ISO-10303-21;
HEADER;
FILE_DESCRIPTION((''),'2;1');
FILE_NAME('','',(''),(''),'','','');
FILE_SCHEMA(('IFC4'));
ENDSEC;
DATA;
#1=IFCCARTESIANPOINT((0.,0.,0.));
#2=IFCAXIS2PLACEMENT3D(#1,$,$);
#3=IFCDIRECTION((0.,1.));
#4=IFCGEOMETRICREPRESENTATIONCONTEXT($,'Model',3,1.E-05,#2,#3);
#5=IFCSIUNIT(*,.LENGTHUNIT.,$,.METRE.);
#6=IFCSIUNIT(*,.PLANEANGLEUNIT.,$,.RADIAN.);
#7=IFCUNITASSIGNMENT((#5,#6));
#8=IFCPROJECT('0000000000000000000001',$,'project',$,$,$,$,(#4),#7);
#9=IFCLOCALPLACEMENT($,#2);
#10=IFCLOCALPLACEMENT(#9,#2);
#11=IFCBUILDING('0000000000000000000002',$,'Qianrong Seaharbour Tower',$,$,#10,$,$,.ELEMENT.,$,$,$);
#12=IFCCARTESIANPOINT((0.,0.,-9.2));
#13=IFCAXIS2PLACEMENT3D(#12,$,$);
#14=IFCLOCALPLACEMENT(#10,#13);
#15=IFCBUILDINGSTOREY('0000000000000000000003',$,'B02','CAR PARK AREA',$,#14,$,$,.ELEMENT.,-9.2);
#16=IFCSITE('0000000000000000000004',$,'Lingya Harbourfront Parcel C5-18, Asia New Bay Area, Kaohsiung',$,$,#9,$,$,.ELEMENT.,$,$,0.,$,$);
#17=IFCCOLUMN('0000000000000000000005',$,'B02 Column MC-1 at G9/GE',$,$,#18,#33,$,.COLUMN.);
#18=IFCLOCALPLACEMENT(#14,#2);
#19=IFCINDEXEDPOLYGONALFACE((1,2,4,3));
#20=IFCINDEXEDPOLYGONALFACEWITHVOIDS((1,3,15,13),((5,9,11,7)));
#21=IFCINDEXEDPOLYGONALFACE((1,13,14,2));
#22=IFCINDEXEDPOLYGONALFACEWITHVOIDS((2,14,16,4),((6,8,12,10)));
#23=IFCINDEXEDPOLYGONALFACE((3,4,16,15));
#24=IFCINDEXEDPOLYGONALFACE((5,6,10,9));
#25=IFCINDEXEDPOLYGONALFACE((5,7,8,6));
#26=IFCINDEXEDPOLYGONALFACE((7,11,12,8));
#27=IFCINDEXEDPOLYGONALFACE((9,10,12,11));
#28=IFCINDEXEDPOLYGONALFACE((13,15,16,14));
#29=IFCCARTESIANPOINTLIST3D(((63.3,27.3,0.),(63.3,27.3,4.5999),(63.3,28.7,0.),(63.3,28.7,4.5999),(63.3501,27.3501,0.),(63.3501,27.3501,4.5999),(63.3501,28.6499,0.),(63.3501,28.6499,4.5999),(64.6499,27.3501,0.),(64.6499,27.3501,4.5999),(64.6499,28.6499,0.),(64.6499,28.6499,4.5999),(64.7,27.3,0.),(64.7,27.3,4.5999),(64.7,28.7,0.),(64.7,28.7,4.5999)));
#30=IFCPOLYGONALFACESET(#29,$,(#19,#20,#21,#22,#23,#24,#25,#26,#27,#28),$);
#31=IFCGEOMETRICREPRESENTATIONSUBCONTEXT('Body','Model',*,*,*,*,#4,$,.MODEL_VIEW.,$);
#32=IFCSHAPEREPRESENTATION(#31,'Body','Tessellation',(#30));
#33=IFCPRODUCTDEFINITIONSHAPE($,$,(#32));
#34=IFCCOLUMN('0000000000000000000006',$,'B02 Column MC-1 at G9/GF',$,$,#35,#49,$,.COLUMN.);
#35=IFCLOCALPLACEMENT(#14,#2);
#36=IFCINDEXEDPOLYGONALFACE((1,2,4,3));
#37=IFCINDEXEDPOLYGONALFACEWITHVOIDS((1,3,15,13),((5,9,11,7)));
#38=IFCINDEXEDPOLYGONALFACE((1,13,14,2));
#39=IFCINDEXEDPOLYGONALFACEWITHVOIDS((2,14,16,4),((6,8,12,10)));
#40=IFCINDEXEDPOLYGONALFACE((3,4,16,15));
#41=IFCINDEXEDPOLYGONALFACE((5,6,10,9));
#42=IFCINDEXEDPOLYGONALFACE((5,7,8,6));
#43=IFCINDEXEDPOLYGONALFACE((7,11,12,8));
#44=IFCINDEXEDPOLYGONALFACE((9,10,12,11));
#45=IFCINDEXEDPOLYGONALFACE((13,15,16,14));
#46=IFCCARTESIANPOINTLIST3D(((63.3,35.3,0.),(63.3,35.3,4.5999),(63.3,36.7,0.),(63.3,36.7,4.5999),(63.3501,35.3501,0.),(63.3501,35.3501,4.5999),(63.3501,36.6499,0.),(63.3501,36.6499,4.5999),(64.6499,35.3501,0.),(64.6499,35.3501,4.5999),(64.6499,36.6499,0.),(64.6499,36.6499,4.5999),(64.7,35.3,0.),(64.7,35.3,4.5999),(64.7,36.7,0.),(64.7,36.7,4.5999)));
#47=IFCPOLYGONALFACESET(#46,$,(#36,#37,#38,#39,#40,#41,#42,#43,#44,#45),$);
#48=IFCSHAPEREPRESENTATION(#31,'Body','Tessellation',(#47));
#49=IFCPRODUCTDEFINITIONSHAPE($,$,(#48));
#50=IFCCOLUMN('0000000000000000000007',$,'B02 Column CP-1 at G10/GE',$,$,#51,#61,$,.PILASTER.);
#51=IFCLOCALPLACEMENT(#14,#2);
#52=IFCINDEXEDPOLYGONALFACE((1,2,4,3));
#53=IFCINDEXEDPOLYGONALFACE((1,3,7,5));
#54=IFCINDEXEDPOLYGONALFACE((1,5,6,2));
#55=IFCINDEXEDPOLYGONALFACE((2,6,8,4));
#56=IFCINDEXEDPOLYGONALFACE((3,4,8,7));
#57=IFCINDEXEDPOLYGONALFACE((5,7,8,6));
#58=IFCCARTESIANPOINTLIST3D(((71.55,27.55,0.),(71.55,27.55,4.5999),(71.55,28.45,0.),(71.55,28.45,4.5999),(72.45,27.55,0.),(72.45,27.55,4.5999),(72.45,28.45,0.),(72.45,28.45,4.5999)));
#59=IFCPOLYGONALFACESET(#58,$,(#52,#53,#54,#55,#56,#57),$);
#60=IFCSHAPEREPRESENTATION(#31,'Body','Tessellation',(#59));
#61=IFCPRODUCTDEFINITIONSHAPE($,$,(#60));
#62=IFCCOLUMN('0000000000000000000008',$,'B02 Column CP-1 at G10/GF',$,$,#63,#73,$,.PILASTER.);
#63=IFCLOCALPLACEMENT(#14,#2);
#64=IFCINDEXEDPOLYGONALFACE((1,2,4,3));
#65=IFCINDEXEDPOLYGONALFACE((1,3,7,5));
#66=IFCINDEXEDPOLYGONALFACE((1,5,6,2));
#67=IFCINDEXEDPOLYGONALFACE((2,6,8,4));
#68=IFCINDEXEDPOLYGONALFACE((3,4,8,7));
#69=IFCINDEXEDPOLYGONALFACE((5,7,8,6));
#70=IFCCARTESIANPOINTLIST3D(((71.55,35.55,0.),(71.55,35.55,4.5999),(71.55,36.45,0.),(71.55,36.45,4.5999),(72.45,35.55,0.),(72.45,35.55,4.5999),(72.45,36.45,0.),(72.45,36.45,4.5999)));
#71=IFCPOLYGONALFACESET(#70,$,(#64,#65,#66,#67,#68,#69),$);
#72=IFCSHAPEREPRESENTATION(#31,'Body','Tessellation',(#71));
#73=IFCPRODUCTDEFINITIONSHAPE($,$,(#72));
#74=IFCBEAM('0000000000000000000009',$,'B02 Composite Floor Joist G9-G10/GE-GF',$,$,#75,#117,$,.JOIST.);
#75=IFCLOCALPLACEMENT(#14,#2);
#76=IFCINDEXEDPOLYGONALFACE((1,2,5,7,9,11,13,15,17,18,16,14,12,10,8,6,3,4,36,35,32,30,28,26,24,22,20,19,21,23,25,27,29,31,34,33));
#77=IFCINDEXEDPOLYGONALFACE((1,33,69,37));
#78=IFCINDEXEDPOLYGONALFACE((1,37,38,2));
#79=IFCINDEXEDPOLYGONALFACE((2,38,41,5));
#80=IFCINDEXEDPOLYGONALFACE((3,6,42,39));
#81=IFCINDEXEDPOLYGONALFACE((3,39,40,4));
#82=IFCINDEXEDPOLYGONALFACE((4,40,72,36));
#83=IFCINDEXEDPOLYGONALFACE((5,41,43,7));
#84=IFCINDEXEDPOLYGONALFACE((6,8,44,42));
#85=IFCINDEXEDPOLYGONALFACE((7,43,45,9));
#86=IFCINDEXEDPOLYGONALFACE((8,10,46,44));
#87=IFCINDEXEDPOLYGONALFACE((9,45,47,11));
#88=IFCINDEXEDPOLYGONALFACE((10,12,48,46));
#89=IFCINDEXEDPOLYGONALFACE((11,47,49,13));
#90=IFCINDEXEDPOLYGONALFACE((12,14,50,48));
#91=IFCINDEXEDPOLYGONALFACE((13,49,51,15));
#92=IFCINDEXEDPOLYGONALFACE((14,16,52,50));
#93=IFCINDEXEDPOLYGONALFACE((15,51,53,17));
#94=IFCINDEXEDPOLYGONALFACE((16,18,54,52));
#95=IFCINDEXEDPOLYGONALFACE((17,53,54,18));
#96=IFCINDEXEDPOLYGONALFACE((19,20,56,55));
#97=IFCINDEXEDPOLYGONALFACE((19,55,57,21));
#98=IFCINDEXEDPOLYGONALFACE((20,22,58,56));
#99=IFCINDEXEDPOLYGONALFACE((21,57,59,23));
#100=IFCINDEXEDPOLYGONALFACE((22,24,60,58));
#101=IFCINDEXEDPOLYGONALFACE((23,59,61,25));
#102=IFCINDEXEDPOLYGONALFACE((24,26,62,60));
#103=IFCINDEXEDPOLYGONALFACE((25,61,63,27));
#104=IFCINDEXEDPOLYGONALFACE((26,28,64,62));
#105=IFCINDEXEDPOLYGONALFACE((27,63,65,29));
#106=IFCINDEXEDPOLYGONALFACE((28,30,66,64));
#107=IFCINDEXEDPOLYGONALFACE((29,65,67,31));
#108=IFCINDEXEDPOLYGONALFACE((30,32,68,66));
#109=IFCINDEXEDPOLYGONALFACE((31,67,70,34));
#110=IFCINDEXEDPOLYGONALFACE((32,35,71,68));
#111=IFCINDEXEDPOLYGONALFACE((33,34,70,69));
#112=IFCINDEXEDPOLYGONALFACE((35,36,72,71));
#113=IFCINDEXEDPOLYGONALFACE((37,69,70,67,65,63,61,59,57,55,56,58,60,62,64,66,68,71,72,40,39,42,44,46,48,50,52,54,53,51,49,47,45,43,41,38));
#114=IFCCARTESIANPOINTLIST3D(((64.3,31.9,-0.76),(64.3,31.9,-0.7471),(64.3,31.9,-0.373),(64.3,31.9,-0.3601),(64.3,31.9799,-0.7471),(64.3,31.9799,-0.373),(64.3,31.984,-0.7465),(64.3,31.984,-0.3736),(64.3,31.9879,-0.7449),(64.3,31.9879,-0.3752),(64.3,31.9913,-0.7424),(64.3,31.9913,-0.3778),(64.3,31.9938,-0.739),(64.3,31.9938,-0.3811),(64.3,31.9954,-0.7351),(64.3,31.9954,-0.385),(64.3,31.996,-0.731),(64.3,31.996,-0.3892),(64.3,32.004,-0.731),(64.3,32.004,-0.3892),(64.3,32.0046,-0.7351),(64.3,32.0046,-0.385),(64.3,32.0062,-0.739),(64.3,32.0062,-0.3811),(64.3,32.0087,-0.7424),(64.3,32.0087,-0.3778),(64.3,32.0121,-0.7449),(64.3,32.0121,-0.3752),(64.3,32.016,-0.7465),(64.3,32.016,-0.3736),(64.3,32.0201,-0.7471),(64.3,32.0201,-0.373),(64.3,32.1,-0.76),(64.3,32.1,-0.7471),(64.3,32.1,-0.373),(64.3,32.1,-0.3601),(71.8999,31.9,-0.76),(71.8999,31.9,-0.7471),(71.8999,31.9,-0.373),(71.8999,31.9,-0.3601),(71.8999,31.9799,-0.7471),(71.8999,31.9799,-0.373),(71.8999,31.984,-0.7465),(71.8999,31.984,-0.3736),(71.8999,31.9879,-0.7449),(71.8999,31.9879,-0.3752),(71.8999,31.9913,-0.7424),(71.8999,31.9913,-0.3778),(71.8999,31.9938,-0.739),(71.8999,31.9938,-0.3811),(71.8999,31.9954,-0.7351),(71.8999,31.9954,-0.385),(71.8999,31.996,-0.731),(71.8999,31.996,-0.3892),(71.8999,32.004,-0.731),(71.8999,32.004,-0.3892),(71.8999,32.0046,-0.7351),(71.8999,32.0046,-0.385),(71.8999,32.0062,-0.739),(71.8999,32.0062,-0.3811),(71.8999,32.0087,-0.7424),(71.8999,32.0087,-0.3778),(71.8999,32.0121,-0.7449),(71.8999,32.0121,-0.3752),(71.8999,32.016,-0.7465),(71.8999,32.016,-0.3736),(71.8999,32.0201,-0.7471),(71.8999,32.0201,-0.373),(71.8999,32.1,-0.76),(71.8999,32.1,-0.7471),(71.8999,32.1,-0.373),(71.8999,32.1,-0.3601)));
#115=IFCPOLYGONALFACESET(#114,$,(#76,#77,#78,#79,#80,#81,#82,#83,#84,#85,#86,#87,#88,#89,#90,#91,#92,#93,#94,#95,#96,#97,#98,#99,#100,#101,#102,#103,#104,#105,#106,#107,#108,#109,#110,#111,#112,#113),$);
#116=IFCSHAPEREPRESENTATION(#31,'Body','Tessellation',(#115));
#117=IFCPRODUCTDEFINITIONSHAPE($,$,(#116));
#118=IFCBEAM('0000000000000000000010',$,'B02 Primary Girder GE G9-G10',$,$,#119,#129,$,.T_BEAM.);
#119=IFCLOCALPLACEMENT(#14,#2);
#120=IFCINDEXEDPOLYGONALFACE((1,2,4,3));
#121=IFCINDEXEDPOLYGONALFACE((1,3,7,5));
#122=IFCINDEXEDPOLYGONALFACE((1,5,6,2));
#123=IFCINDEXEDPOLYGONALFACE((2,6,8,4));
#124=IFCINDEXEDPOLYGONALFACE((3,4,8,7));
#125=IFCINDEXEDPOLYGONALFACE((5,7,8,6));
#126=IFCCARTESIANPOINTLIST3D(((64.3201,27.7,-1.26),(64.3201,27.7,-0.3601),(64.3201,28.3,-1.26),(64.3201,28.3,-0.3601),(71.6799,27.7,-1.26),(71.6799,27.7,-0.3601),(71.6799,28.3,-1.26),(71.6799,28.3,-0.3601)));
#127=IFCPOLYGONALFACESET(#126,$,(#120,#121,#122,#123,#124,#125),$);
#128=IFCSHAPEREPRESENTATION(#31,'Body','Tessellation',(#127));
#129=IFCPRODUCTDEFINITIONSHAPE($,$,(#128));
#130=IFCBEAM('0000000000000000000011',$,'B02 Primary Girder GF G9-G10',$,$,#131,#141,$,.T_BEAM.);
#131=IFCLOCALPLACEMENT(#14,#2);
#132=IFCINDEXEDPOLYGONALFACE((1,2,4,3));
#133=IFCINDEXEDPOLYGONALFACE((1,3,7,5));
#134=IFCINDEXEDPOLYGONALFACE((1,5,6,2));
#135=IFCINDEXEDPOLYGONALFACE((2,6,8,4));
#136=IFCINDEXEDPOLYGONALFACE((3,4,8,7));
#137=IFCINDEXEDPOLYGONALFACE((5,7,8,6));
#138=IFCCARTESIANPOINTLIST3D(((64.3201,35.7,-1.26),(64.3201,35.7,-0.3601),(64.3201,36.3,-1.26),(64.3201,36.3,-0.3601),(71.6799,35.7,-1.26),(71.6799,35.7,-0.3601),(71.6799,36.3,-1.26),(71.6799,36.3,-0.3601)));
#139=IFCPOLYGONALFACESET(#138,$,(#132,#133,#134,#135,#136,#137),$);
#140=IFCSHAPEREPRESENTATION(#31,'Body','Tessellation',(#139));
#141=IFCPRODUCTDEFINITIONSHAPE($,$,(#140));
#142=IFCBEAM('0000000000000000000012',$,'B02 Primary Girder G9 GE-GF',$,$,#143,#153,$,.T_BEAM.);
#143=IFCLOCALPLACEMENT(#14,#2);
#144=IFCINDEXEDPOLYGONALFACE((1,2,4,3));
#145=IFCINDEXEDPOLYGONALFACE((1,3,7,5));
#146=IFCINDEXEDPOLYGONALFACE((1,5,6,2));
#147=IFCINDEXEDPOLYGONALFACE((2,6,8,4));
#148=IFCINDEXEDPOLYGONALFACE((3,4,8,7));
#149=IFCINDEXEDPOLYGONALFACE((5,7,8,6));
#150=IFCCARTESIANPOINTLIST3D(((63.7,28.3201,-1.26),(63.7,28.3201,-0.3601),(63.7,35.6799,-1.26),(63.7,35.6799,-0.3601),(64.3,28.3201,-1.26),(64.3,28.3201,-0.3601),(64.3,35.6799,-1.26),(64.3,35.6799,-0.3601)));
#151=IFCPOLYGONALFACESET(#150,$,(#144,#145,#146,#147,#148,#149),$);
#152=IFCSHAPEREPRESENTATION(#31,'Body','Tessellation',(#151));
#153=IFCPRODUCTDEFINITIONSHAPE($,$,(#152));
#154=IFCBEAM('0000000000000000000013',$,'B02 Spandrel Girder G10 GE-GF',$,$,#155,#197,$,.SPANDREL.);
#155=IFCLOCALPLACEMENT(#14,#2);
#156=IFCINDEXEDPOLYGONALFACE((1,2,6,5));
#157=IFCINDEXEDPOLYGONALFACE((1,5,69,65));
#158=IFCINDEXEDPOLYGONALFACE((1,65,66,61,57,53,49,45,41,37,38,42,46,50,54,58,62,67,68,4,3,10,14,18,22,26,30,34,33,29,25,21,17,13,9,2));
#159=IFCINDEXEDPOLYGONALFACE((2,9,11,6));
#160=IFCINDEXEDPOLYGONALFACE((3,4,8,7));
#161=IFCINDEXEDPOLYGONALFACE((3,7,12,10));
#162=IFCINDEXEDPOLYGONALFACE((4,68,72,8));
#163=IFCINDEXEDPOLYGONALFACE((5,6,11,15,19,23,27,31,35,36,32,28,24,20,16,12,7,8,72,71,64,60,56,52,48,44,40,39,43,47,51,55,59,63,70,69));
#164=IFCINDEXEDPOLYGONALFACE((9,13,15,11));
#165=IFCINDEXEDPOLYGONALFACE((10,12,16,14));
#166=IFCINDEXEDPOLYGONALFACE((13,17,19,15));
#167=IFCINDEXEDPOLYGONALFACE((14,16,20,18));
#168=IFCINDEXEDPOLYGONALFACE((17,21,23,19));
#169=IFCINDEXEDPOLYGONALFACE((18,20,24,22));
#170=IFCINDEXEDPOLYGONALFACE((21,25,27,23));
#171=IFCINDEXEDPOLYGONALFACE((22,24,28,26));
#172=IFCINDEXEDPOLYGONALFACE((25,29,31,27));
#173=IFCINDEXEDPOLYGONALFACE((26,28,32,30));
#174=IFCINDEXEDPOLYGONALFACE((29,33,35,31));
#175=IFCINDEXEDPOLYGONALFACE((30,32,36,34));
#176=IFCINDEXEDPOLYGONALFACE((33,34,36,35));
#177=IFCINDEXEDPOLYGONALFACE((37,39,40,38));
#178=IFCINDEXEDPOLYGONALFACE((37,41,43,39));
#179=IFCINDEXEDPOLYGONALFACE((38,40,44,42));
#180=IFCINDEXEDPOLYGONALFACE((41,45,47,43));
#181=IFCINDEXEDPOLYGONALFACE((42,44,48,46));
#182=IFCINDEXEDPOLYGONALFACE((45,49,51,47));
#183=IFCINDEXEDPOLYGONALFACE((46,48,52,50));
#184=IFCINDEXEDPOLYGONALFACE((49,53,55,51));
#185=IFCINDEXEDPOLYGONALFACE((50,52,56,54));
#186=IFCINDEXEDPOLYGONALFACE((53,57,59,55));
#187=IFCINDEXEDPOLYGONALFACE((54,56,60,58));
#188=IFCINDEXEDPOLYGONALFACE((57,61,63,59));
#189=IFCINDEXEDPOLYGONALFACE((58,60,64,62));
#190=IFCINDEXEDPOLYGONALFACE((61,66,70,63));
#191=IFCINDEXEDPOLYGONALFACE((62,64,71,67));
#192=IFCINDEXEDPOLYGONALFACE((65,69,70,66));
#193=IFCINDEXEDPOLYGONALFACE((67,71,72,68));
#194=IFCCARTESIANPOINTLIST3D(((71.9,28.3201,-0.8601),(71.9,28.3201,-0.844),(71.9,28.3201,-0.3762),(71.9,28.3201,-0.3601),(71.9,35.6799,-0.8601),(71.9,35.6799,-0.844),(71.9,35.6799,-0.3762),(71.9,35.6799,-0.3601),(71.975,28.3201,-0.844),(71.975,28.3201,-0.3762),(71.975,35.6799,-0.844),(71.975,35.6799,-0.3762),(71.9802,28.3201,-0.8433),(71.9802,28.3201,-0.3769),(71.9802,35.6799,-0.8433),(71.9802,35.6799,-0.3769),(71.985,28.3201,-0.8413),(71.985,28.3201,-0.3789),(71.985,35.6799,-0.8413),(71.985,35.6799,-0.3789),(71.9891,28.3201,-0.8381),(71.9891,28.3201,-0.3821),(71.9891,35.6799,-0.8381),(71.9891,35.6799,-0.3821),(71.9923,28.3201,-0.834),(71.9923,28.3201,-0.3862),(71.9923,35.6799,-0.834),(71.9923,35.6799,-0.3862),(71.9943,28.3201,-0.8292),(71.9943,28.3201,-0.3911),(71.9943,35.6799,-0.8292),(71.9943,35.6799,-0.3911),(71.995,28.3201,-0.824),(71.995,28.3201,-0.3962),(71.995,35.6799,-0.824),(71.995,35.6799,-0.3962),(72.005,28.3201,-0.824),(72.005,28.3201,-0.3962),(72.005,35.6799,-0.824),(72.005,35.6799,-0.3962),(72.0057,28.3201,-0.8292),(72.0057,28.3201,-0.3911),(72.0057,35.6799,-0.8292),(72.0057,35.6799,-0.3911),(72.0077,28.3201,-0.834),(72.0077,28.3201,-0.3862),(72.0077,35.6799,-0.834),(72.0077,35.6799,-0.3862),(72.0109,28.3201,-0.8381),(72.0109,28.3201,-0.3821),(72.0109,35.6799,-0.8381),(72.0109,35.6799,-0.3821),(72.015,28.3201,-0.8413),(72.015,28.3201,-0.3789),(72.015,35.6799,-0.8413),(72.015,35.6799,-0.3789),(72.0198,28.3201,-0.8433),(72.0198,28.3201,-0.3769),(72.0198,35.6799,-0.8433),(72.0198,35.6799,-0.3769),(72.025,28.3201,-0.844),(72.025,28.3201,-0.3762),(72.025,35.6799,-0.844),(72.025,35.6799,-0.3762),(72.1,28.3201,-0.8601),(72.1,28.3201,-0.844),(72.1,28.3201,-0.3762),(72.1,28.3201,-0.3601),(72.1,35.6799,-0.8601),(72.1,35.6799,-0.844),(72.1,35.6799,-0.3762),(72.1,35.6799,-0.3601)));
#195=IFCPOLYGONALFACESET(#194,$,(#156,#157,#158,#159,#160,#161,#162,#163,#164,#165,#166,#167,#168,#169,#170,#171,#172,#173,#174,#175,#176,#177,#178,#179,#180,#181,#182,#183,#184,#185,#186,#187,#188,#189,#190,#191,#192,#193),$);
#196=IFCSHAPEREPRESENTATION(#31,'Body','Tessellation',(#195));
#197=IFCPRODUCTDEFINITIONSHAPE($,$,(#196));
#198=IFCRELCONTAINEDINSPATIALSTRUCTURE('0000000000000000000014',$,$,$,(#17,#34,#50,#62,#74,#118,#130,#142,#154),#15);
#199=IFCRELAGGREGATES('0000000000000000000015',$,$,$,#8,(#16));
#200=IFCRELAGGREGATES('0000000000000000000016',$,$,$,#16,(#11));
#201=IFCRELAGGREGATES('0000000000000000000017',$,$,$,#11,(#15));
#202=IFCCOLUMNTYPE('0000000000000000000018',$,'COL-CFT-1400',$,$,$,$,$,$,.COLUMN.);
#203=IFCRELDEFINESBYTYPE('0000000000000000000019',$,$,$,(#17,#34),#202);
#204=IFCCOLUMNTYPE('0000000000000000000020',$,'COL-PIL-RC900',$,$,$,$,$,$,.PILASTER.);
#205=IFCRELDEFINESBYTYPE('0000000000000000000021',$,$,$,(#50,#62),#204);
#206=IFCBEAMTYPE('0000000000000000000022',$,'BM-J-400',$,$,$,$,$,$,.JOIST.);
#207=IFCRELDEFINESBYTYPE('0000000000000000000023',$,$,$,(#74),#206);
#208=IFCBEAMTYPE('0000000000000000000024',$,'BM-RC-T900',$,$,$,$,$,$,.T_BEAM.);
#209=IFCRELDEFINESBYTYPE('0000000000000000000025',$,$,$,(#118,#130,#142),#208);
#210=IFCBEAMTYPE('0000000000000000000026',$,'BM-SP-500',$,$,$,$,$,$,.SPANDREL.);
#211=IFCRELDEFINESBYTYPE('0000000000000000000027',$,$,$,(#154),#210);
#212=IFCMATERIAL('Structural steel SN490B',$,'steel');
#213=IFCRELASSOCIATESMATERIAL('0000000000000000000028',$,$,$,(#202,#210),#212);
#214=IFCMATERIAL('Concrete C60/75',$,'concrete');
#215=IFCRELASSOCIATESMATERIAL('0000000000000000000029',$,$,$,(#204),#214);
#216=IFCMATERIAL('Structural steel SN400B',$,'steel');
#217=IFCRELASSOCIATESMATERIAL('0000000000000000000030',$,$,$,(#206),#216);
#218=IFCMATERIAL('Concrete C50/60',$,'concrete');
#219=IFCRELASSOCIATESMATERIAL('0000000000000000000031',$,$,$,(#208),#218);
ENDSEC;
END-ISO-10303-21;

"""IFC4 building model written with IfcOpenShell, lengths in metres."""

from ifc_helpers import new_model, si_unit, direction, frame, origin, origin_2d, place, context, subcontext, project, spatial, rectangle, hollow_rectangle, i_section, extrude, material, material_profile, profile_set, type_object, element, save


model = new_model("IFC4")

# Units and contexts
model_context = context("Model", 3, precision=1e-05, world=origin(), true_north=direction((0.0, 1.0)))
body_context = subcontext(model_context, "Body", "Model", "MODEL_VIEW")
ifc_project = project(units=[si_unit("LENGTHUNIT", "METRE"), si_unit("PLANEANGLEUNIT", "RADIAN")], contexts=[model_context])

# Site, building, storey
site_placement = place(None, origin())
site = spatial("IfcSite", under=ifc_project, at=site_placement, Name="Lingya Harbourfront Parcel C5-18, Asia New Bay Area, Kaohsiung", CompositionType="ELEMENT", RefElevation=0.0)
building_placement = place(site_placement, origin())
building = spatial("IfcBuilding", under=site, at=building_placement, Name="Qianrong Seaharbour Tower", CompositionType="ELEMENT")
storey_placement = place(building_placement, frame((0.0, 0.0, -9.2)))
storey = spatial("IfcBuildingStorey", under=building, at=storey_placement, Name="B02", Description="CAR PARK AREA", CompositionType="ELEMENT", Elevation=-9.2)

# Columns
ifc_material_1 = material(Name="Structural steel SN490B", Category="steel")
ifc_material_profile_1 = material_profile(ifc_material_1, hollow_rectangle(XDim=1.3999, YDim=1.3999, WallThickness=0.05, at=origin_2d()), Name="BOX1400x1400x50")
ifc_profile_set_1 = profile_set([ifc_material_profile_1], Name="Structural steel SN490B")
column_type_1 = type_object("IfcColumnType", Name="COL-CFT-1400", PredefinedType="COLUMN", material=ifc_profile_set_1)
for number, where, z_axis, x_axis, name in (
    (1, (64.0, 28.0, 0.0), (0.0, 0.0, 1.0), (1.0, 0.0, 0.0), "B02 Column MC-1 at G9/GE"),
    (2, (64.0, 36.0, 0.0), (0.0, 0.0, 1.0), (1.0, 0.0, 0.0), "B02 Column MC-1 at G9/GF"),
):
    element("IfcColumn", number, at=place(storey_placement, frame(where, z_axis=z_axis, x_axis=x_axis)), inside=storey, type_object=column_type_1, Name=name, PredefinedType="COLUMN", context=body_context, shape_type="SweptSolid", body=[
        extrude(hollow_rectangle(XDim=1.3999, YDim=1.3999, WallThickness=0.05, at=origin_2d()), origin(), (0.0, 0.0, 1.0), 4.5999),
    ])
ifc_material_2 = material(Name="Concrete C60/75", Category="concrete")
ifc_material_profile_2 = material_profile(ifc_material_2, rectangle(XDim=0.8999, YDim=0.8999, at=origin_2d()), Name="RC900x900")
ifc_profile_set_2 = profile_set([ifc_material_profile_2], Name="Concrete C60/75")
column_type_2 = type_object("IfcColumnType", Name="COL-PIL-RC900", PredefinedType="PILASTER", material=ifc_profile_set_2)
for number, where, z_axis, x_axis, name in (
    (3, (72.0, 28.0, 0.0), (0.0, 0.0, 1.0), (1.0, 0.0, 0.0), "B02 Column CP-1 at G10/GE"),
    (4, (72.0, 36.0, 0.0), (0.0, 0.0, 1.0), (1.0, 0.0, 0.0), "B02 Column CP-1 at G10/GF"),
):
    element("IfcColumn", number, at=place(storey_placement, frame(where, z_axis=z_axis, x_axis=x_axis)), inside=storey, type_object=column_type_2, Name=name, PredefinedType="PILASTER", context=body_context, shape_type="SweptSolid", body=[
        extrude(rectangle(XDim=0.8999, YDim=0.8999, at=origin_2d()), origin(), (0.0, 0.0, 1.0), 4.5999),
    ])

# Beams
ifc_material_3 = material(Name="Structural steel SN400B", Category="steel")
ifc_material_profile_3 = material_profile(ifc_material_3, i_section(OverallWidth=0.2, OverallDepth=0.3999, WebThickness=0.0081, FlangeThickness=0.0129, FilletRadius=0.0161, at=origin_2d()), Name="H400x200x8x13")
ifc_profile_set_3 = profile_set([ifc_material_profile_3], Name="Structural steel SN400B")
beam_type_1 = type_object("IfcBeamType", Name="BM-J-400", PredefinedType="JOIST", material=ifc_profile_set_3)
beam_placement = place(storey_placement, frame((64.3, 32.0, -0.5601), z_axis=(1.0, 0.0, 0.0), x_axis=(0.0, 1.0, 0.0)))
element("IfcBeam", 5, at=beam_placement, inside=storey, type_object=beam_type_1, Name="B02 Composite Floor Joist G9-G10/GE-GF", PredefinedType="JOIST", context=body_context, shape_type="SweptSolid", body=[
    extrude(i_section(OverallWidth=0.2, OverallDepth=0.3999, WebThickness=0.0081, FlangeThickness=0.0129, FilletRadius=0.0161, at=origin_2d()), origin(), (0.0, 0.0, 1.0), 7.5999),
])
ifc_material_4 = material(Name="Concrete C50/60", Category="concrete")
ifc_material_profile_4 = material_profile(ifc_material_4, rectangle(XDim=0.6001, YDim=0.8999, at=origin_2d()), Name="RC600x900")
ifc_profile_set_4 = profile_set([ifc_material_profile_4], Name="Concrete C50/60")
beam_type_2 = type_object("IfcBeamType", Name="BM-RC-T900", PredefinedType="T_BEAM", material=ifc_profile_set_4)
for number, where, z_axis, x_axis, name in (
    (6, (64.3201, 28.0, -0.8101), (1.0, 0.0, 0.0), (0.0, 1.0, 0.0), "B02 Primary Girder GE G9-G10"),
    (7, (64.3201, 36.0, -0.8101), (1.0, 0.0, 0.0), (0.0, 1.0, 0.0), "B02 Primary Girder GF G9-G10"),
    (8, (64.0, 28.3201, -0.8101), (0.0, 1.0, 0.0), (-1.0, 0.0, 0.0), "B02 Primary Girder G9 GE-GF"),
):
    element("IfcBeam", number, at=place(storey_placement, frame(where, z_axis=z_axis, x_axis=x_axis)), inside=storey, type_object=beam_type_2, Name=name, PredefinedType="T_BEAM", context=body_context, shape_type="SweptSolid", body=[
        extrude(rectangle(XDim=0.6001, YDim=0.8999, at=origin_2d()), origin(), (0.0, 0.0, 1.0), 7.3599),
    ])
ifc_material_profile_5 = material_profile(ifc_material_1, i_section(OverallWidth=0.2, OverallDepth=0.5, WebThickness=0.01, FlangeThickness=0.0161, FilletRadius=0.02, at=origin_2d()), Name="H500x200x10x16")
ifc_profile_set_5 = profile_set([ifc_material_profile_5], Name="Structural steel SN490B")
beam_type_3 = type_object("IfcBeamType", Name="BM-SP-500", PredefinedType="SPANDREL", material=ifc_profile_set_5)
for number, where, z_axis, x_axis, name in (
    (9, (72.0, 28.3201, -0.6101), (0.0, 1.0, 0.0), (-1.0, 0.0, 0.0), "B02 Spandrel Girder G10 GE-GF"),
):
    element("IfcBeam", number, at=place(storey_placement, frame(where, z_axis=z_axis, x_axis=x_axis)), inside=storey, type_object=beam_type_3, Name=name, PredefinedType="SPANDREL", context=body_context, shape_type="SweptSolid", body=[
        extrude(i_section(OverallWidth=0.2, OverallDepth=0.5, WebThickness=0.01, FlangeThickness=0.0161, FilletRadius=0.02, at=origin_2d()), origin(), (0.0, 0.0, 1.0), 7.3599),
    ])

save(model, "model.ifc")
